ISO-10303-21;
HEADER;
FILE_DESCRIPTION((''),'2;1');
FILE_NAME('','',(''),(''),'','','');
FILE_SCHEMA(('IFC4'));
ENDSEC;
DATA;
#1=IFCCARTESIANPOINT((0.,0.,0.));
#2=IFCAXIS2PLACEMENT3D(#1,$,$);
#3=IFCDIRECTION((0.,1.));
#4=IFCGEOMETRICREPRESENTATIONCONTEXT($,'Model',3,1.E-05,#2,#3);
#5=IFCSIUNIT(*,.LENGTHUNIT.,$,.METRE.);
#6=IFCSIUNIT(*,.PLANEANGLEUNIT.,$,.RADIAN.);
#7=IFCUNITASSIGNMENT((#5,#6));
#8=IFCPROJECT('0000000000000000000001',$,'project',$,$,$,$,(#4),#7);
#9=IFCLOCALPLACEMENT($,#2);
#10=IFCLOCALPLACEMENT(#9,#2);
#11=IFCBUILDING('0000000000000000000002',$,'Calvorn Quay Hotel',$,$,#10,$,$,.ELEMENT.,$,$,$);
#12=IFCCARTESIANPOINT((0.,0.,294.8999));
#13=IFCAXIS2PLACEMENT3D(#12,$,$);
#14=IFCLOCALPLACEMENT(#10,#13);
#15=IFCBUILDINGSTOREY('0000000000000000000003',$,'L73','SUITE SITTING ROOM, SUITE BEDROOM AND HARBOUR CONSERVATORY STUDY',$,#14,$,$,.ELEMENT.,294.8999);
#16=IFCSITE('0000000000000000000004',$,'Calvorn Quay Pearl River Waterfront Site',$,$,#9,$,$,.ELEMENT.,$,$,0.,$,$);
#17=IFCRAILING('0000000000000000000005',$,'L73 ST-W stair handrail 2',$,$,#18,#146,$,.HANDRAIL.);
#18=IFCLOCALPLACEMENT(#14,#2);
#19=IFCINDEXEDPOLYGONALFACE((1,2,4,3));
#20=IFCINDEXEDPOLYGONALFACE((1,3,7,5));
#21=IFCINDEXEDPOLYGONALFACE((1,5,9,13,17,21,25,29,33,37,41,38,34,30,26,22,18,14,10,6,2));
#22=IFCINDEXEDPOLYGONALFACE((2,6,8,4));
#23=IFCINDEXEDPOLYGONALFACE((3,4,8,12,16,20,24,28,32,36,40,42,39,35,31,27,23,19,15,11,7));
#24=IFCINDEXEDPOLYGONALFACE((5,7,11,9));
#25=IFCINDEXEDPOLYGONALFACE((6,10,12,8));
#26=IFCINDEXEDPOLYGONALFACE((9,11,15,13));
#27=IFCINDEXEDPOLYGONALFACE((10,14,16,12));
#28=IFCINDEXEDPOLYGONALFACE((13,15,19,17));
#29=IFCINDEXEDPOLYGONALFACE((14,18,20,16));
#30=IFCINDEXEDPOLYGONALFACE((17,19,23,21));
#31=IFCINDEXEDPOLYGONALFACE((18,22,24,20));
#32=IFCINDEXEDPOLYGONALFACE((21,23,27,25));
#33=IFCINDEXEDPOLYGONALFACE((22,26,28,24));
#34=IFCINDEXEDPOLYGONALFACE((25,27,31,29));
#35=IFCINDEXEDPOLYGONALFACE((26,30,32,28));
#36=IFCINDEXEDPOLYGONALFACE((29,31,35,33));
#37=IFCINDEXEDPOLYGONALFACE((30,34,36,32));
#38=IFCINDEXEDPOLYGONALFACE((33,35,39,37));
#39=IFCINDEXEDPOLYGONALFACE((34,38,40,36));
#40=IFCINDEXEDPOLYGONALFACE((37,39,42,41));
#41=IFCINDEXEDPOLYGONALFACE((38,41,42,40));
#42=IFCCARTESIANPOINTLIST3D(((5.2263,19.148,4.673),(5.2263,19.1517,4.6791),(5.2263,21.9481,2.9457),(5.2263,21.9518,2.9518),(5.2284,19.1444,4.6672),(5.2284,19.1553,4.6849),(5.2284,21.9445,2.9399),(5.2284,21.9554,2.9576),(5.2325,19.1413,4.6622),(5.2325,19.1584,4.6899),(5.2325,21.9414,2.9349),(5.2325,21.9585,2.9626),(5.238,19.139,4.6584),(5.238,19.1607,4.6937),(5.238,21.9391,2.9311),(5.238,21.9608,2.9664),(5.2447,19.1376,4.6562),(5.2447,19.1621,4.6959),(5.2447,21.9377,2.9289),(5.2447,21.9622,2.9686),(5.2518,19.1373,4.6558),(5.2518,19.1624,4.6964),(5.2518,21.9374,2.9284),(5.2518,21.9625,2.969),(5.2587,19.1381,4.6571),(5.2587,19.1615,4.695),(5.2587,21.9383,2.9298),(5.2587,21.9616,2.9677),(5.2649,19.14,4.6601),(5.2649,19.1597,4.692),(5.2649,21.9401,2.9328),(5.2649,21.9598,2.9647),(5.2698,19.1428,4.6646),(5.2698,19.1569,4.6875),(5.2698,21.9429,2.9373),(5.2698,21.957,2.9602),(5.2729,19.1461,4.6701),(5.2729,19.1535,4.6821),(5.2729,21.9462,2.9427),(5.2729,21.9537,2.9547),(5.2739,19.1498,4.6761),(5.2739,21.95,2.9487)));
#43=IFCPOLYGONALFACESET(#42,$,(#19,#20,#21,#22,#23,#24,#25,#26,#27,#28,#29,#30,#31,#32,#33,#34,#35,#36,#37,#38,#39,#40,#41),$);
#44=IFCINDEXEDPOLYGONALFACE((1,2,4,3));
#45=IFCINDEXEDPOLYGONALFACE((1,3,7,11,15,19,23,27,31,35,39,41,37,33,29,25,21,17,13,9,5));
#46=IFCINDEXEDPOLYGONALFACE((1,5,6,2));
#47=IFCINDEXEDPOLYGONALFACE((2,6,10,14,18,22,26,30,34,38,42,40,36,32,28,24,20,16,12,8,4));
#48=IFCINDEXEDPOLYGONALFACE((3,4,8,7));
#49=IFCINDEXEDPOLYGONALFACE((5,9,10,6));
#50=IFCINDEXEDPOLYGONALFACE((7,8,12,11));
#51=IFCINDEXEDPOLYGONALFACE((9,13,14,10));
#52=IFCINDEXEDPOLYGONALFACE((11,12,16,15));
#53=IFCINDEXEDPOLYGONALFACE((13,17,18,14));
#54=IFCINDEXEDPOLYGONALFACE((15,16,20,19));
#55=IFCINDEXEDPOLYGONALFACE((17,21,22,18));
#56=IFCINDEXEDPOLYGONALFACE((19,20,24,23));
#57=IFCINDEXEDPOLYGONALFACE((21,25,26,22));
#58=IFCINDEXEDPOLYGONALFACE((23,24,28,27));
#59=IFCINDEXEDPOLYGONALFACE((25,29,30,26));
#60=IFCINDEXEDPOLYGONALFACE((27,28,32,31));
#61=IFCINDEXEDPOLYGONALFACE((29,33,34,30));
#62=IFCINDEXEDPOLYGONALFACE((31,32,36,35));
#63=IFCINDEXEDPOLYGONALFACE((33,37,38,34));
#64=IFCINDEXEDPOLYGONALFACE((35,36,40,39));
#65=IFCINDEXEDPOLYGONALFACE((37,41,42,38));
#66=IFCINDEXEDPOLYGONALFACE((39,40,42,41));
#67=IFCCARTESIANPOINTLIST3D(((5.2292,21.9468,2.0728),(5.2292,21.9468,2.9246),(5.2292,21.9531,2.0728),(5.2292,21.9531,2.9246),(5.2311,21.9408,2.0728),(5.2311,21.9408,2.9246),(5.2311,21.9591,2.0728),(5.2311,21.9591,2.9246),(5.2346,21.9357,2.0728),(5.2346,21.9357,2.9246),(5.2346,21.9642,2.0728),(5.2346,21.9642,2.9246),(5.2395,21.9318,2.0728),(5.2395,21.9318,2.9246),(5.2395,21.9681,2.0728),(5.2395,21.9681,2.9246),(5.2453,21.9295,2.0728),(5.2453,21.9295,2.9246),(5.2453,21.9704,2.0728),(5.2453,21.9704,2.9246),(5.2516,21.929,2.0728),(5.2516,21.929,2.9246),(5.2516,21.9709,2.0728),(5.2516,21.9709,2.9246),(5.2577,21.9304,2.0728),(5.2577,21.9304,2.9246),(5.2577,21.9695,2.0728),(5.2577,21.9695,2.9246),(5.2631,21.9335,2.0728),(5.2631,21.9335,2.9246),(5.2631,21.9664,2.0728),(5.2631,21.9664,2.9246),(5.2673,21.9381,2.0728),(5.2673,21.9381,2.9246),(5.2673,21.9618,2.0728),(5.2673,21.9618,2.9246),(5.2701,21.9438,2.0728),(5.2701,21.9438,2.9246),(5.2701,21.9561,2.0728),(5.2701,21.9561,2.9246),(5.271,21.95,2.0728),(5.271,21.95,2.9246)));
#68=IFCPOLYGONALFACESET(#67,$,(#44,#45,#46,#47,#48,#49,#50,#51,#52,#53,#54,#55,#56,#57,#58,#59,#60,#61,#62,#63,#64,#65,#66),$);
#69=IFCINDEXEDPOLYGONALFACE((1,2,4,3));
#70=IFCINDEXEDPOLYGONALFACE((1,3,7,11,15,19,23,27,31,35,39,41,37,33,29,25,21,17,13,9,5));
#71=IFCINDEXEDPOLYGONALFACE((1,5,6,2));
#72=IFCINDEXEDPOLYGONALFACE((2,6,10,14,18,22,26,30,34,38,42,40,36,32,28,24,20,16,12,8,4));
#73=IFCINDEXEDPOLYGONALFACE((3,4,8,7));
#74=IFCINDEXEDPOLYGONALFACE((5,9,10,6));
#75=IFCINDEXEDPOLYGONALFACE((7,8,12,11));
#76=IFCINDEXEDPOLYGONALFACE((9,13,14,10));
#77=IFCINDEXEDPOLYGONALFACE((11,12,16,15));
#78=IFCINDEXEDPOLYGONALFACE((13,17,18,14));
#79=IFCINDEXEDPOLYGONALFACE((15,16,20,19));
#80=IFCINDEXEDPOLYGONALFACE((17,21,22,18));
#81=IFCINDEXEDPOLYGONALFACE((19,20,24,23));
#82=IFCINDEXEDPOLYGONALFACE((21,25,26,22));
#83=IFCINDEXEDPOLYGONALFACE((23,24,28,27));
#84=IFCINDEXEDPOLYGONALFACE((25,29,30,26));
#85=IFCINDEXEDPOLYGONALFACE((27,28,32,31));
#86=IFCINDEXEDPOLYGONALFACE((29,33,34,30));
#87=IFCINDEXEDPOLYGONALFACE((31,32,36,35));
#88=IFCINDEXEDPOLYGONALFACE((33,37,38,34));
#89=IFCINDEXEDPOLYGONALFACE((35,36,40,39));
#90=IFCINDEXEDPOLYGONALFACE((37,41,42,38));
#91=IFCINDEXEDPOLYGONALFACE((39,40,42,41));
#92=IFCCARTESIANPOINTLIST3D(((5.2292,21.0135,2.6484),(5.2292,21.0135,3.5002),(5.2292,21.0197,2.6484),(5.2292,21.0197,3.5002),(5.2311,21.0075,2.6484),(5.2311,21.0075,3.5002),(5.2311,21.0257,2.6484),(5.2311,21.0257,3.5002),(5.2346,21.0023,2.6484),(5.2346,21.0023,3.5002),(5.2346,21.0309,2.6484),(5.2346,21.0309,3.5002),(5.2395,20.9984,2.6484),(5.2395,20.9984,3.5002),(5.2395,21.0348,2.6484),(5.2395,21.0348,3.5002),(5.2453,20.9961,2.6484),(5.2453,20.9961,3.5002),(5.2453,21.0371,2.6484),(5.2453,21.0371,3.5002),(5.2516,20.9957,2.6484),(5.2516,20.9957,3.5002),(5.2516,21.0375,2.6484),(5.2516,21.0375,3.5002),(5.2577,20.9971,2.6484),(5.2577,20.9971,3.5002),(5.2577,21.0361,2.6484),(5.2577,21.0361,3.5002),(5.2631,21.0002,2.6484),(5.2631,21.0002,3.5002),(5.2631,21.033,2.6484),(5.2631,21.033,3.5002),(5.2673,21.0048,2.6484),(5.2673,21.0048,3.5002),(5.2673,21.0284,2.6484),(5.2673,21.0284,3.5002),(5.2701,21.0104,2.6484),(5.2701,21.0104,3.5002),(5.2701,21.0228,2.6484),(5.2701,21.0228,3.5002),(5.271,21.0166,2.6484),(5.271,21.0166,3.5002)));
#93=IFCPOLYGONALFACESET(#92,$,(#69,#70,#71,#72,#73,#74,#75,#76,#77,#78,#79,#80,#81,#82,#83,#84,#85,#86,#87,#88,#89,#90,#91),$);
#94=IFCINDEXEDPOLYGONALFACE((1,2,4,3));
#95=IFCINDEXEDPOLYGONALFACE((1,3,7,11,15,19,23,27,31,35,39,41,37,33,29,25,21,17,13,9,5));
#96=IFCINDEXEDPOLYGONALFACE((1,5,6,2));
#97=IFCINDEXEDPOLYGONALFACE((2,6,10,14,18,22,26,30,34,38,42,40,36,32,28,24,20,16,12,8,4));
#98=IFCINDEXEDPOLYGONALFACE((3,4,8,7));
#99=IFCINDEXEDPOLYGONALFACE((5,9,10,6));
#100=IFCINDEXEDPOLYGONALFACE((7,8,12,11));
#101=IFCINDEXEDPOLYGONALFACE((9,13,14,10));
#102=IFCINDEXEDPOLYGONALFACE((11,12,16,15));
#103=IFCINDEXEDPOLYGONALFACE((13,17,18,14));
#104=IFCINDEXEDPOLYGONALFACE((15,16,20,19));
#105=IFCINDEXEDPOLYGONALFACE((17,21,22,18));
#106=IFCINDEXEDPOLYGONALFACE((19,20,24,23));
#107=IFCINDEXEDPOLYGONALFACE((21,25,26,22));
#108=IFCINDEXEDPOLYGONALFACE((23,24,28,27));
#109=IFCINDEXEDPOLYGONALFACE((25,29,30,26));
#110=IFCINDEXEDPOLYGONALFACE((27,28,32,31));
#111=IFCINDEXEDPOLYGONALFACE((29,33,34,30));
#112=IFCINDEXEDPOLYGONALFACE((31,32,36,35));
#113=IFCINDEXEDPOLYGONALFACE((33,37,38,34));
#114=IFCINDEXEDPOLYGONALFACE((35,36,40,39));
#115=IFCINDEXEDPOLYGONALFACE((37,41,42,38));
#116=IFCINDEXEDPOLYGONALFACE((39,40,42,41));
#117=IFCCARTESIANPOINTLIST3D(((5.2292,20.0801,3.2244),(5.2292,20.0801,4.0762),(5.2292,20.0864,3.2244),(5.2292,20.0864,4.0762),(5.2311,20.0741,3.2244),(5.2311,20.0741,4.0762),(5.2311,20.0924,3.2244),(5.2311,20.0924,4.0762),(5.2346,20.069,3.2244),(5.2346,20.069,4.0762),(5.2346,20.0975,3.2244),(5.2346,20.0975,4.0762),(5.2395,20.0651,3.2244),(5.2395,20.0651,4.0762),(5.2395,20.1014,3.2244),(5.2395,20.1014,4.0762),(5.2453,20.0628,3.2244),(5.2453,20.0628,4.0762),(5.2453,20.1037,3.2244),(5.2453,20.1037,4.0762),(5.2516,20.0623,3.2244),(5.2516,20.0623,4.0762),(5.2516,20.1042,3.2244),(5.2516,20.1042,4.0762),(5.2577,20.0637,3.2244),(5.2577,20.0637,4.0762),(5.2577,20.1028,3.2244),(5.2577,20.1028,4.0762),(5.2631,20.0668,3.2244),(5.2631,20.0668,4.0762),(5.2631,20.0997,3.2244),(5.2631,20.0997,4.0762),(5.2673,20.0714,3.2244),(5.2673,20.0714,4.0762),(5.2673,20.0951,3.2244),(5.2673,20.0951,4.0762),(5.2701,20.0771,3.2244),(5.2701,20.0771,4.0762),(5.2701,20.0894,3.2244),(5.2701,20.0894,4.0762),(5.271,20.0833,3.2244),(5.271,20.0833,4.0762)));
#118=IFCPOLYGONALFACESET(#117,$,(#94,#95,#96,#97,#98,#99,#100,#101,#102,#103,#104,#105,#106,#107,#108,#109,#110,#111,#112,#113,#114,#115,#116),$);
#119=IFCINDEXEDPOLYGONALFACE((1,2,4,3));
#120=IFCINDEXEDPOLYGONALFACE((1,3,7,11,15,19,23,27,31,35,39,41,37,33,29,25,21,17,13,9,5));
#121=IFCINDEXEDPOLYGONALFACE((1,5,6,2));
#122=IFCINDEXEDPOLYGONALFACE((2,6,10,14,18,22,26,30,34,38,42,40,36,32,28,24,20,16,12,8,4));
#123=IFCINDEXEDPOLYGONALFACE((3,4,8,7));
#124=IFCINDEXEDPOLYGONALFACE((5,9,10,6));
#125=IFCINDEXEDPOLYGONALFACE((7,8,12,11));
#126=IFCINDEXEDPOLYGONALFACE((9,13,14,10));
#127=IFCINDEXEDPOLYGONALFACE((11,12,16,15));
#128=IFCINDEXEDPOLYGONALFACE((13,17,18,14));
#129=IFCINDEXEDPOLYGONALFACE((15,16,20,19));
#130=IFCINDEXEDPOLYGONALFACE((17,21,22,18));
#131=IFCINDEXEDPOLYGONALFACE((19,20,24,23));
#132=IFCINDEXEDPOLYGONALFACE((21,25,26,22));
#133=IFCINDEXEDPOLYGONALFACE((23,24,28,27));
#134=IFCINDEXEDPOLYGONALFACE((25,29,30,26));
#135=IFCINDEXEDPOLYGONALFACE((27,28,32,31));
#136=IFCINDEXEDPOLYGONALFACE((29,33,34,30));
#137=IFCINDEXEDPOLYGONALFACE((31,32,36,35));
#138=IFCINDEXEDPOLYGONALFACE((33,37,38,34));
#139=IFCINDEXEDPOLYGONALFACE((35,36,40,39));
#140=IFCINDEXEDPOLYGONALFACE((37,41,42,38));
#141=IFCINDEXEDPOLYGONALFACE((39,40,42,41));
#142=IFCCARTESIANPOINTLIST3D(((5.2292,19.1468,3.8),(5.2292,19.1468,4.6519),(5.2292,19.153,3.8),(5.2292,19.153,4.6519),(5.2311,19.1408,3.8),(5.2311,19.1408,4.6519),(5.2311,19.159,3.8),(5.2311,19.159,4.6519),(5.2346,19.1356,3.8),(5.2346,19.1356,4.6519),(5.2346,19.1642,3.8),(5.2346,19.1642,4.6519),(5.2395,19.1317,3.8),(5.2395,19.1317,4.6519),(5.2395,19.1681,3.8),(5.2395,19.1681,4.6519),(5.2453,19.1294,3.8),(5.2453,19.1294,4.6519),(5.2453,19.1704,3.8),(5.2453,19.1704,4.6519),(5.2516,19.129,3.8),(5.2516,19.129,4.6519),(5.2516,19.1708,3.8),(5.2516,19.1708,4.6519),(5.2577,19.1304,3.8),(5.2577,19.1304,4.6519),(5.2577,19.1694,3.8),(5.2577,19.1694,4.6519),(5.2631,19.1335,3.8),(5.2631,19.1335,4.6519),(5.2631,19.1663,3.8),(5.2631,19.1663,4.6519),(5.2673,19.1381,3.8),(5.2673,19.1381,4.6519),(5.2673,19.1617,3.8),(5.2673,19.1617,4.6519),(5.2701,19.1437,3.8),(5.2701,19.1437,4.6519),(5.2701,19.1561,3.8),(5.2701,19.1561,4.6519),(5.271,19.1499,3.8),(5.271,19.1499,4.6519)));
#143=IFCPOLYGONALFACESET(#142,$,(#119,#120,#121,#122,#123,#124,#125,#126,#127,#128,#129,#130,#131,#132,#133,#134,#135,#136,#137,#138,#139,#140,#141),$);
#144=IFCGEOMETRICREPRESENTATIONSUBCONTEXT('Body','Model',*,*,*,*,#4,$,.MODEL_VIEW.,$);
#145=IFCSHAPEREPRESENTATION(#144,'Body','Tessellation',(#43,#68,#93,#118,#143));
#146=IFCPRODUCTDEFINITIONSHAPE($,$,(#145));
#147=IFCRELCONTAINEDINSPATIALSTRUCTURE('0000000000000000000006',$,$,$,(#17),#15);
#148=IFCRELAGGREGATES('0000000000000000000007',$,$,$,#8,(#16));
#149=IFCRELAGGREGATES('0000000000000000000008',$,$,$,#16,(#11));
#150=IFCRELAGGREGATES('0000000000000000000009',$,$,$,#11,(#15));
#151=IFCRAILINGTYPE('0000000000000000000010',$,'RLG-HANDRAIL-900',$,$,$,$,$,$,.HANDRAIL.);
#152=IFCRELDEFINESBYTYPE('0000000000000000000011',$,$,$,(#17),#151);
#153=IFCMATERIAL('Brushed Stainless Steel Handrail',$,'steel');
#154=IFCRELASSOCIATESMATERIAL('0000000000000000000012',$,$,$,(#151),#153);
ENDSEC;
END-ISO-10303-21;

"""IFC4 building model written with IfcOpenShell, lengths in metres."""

from ifc_helpers import new_model, si_unit, direction, frame, origin, origin_2d, place, context, subcontext, project, spatial, circle, extrude, material, type_object, element, save


model = new_model("IFC4")

# Units and contexts
model_context = context("Model", 3, precision=1e-05, world=origin(), true_north=direction((0.0, 1.0)))
body_context = subcontext(model_context, "Body", "Model", "MODEL_VIEW")
ifc_project = project(units=[si_unit("LENGTHUNIT", "METRE"), si_unit("PLANEANGLEUNIT", "RADIAN")], contexts=[model_context])

# Site, building, storey
site_placement = place(None, origin())
site = spatial("IfcSite", under=ifc_project, at=site_placement, Name="Calvorn Quay Pearl River Waterfront Site", CompositionType="ELEMENT", RefElevation=0.0)
building_placement = place(site_placement, origin())
building = spatial("IfcBuilding", under=site, at=building_placement, Name="Calvorn Quay Hotel", CompositionType="ELEMENT")
storey_placement = place(building_placement, frame((0.0, 0.0, 294.8999)))
storey = spatial("IfcBuildingStorey", under=building, at=storey_placement, Name="L73", Description="SUITE SITTING ROOM, SUITE BEDROOM AND HARBOUR CONSERVATORY STUDY", CompositionType="ELEMENT", Elevation=294.8999)

# Railing
ifc_material_1 = material(Name="Brushed Stainless Steel Handrail", Category="steel")
railing_type_1 = type_object("IfcRailingType", Name="RLG-HANDRAIL-900", PredefinedType="HANDRAIL", material=ifc_material_1)
railing_1_placement = place(storey_placement, frame((5.25, 21.95, 2.0728)))
element("IfcRailing", 1, at=railing_1_placement, inside=storey, type_object=railing_type_1, Name="L73 ST-W stair handrail 2", PredefinedType="HANDRAIL", context=body_context, shape_type="SweptSolid", body=[
    extrude(circle(Radius=0.0239, at=origin_2d()), frame((0.0, 0.0, 0.876), z_axis=(0.0, -0.85109, 0.52502), x_axis=(1.0, 0.0, 0.0)), (0.0, 0.0, 1.0), 3.29),
    extrude(circle(Radius=0.021, at=origin_2d()), origin(), (0.0, 0.0, 1.0), 0.8518),
    extrude(circle(Radius=0.021, at=origin_2d()), frame((0.0, -0.9333, 0.5757)), (0.0, 0.0, 1.0), 0.8518),
    extrude(circle(Radius=0.021, at=origin_2d()), frame((0.0, -1.8667, 1.1516)), (0.0, 0.0, 1.0), 0.8518),
    extrude(circle(Radius=0.021, at=origin_2d()), frame((0.0, -2.8, 1.7273)), (0.0, 0.0, 1.0), 0.8518),
])

save(model, "model.ifc")
